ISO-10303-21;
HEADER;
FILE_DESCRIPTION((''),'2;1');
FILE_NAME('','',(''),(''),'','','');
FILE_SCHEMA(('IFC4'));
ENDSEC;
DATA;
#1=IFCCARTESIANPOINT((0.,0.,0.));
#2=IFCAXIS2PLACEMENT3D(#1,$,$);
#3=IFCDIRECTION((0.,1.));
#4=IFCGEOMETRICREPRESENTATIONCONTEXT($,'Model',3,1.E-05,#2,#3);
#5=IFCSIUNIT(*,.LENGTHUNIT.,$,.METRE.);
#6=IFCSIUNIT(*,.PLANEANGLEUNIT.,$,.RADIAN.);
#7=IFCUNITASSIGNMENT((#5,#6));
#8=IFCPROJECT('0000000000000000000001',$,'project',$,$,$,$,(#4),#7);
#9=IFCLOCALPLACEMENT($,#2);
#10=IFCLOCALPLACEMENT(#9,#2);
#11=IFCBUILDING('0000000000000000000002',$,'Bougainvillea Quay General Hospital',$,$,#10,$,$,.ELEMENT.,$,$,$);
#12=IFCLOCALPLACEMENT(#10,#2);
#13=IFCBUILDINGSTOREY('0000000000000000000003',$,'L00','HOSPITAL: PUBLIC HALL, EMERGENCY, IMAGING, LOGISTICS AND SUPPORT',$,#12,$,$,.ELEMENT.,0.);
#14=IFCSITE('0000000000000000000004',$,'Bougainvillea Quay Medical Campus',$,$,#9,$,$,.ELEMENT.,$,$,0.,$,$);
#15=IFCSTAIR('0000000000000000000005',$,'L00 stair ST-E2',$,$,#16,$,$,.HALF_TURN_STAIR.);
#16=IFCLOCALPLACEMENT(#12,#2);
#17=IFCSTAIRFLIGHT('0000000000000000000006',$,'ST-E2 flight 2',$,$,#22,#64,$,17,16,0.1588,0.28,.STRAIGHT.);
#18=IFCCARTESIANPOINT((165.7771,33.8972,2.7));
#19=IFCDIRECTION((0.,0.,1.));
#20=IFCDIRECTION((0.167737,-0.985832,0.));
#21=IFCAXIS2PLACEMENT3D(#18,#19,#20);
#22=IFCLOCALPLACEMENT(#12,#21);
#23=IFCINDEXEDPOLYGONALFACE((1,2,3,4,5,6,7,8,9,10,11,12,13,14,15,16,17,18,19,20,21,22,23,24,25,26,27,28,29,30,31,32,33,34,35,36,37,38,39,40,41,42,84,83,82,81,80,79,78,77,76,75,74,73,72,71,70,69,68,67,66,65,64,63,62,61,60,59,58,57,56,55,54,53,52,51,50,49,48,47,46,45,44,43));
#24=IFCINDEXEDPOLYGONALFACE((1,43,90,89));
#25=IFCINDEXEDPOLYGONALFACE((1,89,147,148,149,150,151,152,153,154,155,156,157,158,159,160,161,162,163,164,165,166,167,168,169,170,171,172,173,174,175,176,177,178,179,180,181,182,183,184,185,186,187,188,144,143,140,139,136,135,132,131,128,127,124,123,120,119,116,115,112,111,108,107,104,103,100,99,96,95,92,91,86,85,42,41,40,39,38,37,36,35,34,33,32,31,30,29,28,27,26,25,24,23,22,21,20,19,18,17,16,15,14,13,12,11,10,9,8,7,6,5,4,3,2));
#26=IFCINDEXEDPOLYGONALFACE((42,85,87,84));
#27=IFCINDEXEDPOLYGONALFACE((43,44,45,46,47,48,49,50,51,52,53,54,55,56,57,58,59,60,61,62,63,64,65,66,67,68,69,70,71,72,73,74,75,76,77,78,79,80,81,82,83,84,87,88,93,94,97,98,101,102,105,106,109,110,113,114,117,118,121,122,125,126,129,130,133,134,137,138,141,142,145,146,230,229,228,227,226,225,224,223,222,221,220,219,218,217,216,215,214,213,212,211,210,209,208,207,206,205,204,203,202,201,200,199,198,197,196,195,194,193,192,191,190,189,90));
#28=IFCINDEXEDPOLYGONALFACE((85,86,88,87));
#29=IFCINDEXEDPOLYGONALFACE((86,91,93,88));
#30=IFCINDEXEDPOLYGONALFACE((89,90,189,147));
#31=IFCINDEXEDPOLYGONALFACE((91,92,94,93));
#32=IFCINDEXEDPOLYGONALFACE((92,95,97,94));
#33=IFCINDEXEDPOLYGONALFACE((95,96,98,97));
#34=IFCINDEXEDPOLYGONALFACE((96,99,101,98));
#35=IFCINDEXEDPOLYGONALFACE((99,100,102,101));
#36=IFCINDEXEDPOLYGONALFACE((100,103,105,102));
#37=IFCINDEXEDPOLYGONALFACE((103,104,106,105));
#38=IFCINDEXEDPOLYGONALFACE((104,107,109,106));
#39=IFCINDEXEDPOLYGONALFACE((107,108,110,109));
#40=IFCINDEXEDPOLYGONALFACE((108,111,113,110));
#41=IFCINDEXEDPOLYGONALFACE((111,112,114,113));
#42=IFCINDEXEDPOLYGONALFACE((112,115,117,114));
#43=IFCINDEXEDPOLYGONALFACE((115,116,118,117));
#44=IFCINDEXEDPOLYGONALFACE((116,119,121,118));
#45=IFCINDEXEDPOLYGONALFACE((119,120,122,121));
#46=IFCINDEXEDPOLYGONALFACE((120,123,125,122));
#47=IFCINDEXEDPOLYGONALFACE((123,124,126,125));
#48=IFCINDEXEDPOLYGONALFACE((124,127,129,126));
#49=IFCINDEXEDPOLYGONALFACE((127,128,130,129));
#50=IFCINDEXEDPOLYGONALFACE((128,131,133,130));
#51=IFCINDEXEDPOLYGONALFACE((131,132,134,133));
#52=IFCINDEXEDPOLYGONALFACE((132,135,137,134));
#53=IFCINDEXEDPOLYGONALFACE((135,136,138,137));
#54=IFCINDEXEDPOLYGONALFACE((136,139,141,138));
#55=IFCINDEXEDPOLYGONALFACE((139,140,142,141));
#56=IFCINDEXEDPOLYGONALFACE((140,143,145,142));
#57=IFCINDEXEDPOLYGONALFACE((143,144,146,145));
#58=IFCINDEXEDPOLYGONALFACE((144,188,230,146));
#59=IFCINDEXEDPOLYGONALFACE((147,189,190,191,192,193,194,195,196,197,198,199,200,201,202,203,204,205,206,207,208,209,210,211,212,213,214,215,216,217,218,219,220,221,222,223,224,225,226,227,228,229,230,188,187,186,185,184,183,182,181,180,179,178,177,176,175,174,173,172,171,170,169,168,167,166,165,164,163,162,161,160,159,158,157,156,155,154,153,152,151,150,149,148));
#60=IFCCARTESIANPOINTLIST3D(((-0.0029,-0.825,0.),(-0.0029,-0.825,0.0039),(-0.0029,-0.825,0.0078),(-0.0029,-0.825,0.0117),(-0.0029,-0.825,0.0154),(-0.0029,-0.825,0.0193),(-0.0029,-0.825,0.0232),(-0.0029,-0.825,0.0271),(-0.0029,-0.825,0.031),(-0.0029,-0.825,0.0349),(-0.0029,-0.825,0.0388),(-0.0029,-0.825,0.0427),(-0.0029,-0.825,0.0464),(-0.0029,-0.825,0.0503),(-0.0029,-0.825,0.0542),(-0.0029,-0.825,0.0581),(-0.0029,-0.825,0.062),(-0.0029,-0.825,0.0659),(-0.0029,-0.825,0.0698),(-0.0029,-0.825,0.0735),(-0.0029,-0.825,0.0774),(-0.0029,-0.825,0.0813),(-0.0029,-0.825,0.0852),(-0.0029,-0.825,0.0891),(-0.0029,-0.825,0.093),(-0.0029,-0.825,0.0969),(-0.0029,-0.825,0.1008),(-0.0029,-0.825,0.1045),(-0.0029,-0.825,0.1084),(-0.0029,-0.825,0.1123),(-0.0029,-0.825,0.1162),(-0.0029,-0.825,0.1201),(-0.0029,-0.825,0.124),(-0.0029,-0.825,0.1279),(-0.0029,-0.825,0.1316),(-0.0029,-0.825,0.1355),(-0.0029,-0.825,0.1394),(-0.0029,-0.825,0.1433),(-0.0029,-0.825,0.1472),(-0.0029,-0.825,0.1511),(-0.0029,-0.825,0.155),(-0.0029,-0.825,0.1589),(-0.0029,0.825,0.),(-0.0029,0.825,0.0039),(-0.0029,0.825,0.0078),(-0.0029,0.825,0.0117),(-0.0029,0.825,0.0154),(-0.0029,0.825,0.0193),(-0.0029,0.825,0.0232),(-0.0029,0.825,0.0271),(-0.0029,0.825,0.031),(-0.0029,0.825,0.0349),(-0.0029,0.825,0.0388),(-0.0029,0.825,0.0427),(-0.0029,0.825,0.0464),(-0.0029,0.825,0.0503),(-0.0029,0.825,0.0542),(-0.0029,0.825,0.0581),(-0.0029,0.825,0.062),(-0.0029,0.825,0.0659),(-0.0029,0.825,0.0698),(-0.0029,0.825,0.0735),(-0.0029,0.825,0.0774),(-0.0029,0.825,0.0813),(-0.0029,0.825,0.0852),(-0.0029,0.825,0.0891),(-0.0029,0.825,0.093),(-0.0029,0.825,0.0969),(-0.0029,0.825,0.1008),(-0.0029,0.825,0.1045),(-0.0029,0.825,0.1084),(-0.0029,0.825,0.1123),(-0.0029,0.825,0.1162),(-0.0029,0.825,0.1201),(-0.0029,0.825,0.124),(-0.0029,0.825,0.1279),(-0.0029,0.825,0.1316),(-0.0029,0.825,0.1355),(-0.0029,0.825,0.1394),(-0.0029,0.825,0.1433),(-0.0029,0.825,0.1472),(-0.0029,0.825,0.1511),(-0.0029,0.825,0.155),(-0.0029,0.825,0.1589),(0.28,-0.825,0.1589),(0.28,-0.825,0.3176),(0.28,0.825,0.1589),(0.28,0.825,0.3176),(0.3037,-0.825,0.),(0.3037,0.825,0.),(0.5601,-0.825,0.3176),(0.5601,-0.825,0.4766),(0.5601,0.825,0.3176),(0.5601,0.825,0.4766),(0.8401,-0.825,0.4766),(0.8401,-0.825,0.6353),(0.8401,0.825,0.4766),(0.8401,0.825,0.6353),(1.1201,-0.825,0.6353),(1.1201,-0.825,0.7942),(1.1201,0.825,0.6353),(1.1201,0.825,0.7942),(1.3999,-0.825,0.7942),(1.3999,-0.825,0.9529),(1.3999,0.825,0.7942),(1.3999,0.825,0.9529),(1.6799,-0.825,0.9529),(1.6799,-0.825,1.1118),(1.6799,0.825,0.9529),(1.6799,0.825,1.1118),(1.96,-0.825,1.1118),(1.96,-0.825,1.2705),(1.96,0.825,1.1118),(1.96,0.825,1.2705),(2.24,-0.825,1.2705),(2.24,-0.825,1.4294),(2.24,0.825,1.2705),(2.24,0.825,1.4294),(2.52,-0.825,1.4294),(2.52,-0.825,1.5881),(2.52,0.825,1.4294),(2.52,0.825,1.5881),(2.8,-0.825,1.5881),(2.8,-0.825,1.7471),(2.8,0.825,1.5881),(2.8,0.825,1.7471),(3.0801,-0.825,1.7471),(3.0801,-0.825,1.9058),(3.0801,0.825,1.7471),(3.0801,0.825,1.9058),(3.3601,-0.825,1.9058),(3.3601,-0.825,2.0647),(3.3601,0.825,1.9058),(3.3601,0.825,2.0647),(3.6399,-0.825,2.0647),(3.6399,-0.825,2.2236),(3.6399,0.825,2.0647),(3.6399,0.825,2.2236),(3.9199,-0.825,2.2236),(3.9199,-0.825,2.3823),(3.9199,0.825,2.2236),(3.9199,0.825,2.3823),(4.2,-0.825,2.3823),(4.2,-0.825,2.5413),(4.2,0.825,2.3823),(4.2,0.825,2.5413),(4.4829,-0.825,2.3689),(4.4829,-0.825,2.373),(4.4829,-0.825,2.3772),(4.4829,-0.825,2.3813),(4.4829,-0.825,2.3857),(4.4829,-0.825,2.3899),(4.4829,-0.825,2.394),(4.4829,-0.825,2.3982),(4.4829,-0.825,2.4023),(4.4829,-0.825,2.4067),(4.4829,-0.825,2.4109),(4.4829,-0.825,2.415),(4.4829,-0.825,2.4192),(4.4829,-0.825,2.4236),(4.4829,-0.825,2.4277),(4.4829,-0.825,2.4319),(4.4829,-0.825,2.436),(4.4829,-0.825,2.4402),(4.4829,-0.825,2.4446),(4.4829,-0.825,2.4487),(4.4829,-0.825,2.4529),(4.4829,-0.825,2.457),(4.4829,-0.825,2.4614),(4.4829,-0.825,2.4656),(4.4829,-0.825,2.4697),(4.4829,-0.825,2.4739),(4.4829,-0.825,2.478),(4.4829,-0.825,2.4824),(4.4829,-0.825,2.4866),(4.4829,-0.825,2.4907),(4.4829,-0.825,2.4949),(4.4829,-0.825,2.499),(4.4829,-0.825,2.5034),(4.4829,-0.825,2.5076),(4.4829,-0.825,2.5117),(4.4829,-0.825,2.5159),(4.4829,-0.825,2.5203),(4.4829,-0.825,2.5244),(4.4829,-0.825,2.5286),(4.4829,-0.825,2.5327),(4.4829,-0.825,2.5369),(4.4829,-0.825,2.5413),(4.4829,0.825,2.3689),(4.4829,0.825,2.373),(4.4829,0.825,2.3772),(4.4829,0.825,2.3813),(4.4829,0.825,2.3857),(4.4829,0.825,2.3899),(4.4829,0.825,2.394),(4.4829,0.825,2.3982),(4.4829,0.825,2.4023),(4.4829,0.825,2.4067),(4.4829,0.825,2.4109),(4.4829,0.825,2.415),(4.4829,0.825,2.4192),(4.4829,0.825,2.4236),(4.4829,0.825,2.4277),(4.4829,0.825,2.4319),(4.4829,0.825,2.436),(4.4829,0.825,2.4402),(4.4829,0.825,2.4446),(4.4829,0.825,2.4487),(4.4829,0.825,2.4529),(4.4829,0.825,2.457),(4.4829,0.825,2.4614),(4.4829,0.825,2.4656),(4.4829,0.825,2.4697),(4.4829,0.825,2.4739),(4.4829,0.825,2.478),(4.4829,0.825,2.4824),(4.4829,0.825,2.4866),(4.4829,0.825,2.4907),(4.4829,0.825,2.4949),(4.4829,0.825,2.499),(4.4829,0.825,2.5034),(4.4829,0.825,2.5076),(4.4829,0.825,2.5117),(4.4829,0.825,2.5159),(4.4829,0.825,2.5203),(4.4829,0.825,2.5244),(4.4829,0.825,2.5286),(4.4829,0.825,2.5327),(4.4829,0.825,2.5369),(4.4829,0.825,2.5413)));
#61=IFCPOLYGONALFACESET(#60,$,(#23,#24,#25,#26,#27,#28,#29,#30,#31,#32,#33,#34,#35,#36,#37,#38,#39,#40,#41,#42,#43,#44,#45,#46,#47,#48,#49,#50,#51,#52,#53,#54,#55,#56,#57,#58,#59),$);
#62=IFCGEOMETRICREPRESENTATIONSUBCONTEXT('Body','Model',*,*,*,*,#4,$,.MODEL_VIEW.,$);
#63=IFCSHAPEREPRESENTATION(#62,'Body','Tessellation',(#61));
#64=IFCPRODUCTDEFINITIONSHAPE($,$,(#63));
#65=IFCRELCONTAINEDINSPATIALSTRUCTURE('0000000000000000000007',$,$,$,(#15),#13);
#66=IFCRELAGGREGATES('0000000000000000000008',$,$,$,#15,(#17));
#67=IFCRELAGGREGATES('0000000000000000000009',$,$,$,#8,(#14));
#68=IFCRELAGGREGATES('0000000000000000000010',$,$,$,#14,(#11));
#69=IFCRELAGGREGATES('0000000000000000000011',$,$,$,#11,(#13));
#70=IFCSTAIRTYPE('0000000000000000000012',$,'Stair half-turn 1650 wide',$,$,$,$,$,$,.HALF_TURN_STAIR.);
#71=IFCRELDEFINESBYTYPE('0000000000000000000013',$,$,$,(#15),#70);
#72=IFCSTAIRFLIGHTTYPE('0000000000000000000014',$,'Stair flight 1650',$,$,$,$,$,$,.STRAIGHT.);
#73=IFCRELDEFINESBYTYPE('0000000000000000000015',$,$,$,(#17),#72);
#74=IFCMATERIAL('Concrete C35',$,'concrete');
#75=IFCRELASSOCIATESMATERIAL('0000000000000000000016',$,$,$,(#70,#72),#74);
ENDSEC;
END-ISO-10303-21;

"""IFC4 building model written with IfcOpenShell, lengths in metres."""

from ifc_helpers import new_model, si_unit, direction, frame, origin, place, context, subcontext, project, spatial, polyline, outline, extrude, material, type_object, element, aggregate, save


model = new_model("IFC4")

# Units and contexts
model_context = context("Model", 3, precision=1e-05, world=origin(), true_north=direction((0.0, 1.0)))
body_context = subcontext(model_context, "Body", "Model", "MODEL_VIEW")
ifc_project = project(units=[si_unit("LENGTHUNIT", "METRE"), si_unit("PLANEANGLEUNIT", "RADIAN")], contexts=[model_context])

# Site, building, storey
site_placement = place(None, origin())
site = spatial("IfcSite", under=ifc_project, at=site_placement, Name="Bougainvillea Quay Medical Campus", CompositionType="ELEMENT", RefElevation=0.0)
building_placement = place(site_placement, origin())
building = spatial("IfcBuilding", under=site, at=building_placement, Name="Bougainvillea Quay General Hospital", CompositionType="ELEMENT")
storey_placement = place(building_placement, origin())
storey = spatial("IfcBuildingStorey", under=building, at=storey_placement, Name="L00", Description="HOSPITAL: PUBLIC HALL, EMERGENCY, IMAGING, LOGISTICS AND SUPPORT", CompositionType="ELEMENT", Elevation=0.0)

# Stair, stair flight
ifc_material_1 = material(Name="Concrete C35", Category="concrete")
stair_type = type_object("IfcStairType", Name="Stair half-turn 1650 wide", PredefinedType="HALF_TURN_STAIR", material=ifc_material_1)
stair_placement = place(storey_placement, origin())
stair = element("IfcStair", 1, at=stair_placement, inside=storey, type_object=stair_type, Name="L00 stair ST-E2", PredefinedType="HALF_TURN_STAIR")
stair_flight_type = type_object("IfcStairFlightType", Name="Stair flight 1650", PredefinedType="STRAIGHT", material=ifc_material_1)
stair_flight_1_placement = place(storey_placement, frame((165.7771, 33.8972, 2.7), z_axis=(0.0, 0.0, 1.0), x_axis=(0.167737, -0.985832, 0.0)))
stair_flight_1 = element("IfcStairFlight", 2, at=stair_flight_1_placement, type_object=stair_flight_type, Name="ST-E2 flight 2", NumberOfRisers=17, NumberOfTreads=16, PredefinedType="STRAIGHT", RiserHeight=0.1588, TreadLength=0.28, context=body_context, shape_type="SweptSolid", body=[
    extrude(outline(polyline([(-0.0029, 0.0), (-0.0029, 0.0039), (-0.0029, 0.0078), (-0.0029, 0.0117), (-0.0029, 0.0154), (-0.0029, 0.0193), (-0.0029, 0.0232), (-0.0029, 0.0271), (-0.0029, 0.031), (-0.0029, 0.0349), (-0.0029, 0.0388), (-0.0029, 0.0427), (-0.0029, 0.0464), (-0.0029, 0.0503), (-0.0029, 0.0542), (-0.0029, 0.0581), (-0.0029, 0.062), (-0.0029, 0.0659), (-0.0029, 0.0698), (-0.0029, 0.0735), (-0.0029, 0.0774), (-0.0029, 0.0813), (-0.0029, 0.0852), (-0.0029, 0.0891), (-0.0029, 0.093), (-0.0029, 0.0969), (-0.0029, 0.1008), (-0.0029, 0.1045), (-0.0029, 0.1084), (-0.0029, 0.1123), (-0.0029, 0.1162), (-0.0029, 0.1201), (-0.0029, 0.124), (-0.0029, 0.1279), (-0.0029, 0.1316), (-0.0029, 0.1355), (-0.0029, 0.1394), (-0.0029, 0.1433), (-0.0029, 0.1472), (-0.0029, 0.1511), (-0.0029, 0.155), (-0.0029, 0.1589), (0.28, 0.1589), (0.28, 0.3176), (0.5601, 0.3176), (0.5601, 0.4766), (0.8401, 0.4766), (0.8401, 0.6353), (1.1201, 0.6353), (1.1201, 0.7942), (1.3999, 0.7942), (1.3999, 0.9529), (1.6799, 0.9529), (1.6799, 1.1118), (1.96, 1.1118), (1.96, 1.2705), (2.24, 1.2705), (2.24, 1.4294), (2.52, 1.4294), (2.52, 1.5881), (2.8, 1.5881), (2.8, 1.7471), (3.0801, 1.7471), (3.0801, 1.9058), (3.3601, 1.9058), (3.3601, 2.0647), (3.6399, 2.0647), (3.6399, 2.2236), (3.9199, 2.2236), (3.9199, 2.3823), (4.2, 2.3823), (4.2, 2.5413), (4.4829, 2.5413), (4.4829, 2.5369), (4.4829, 2.5327), (4.4829, 2.5286), (4.4829, 2.5244), (4.4829, 2.5203), (4.4829, 2.5159), (4.4829, 2.5117), (4.4829, 2.5076), (4.4829, 2.5034), (4.4829, 2.499), (4.4829, 2.4949), (4.4829, 2.4907), (4.4829, 2.4866), (4.4829, 2.4824), (4.4829, 2.478), (4.4829, 2.4739), (4.4829, 2.4697), (4.4829, 2.4656), (4.4829, 2.4614), (4.4829, 2.457), (4.4829, 2.4529), (4.4829, 2.4487), (4.4829, 2.4446), (4.4829, 2.4402), (4.4829, 2.436), (4.4829, 2.4319), (4.4829, 2.4277), (4.4829, 2.4236), (4.4829, 2.4192), (4.4829, 2.415), (4.4829, 2.4109), (4.4829, 2.4067), (4.4829, 2.4023), (4.4829, 2.3982), (4.4829, 2.394), (4.4829, 2.3899), (4.4829, 2.3857), (4.4829, 2.3813), (4.4829, 2.3772), (4.4829, 2.373), (4.4829, 2.3689), (0.3037, 0.0), (-0.0029, 0.0)])), frame((0.0, 0.825, 0.0), z_axis=(0.0, -1.0, 0.0), x_axis=(1.0, 0.0, 0.0)), (0.0, 0.0, 1.0), 1.6499),
])
aggregate(stair, [stair_flight_1])

save(model, "model.ifc")
